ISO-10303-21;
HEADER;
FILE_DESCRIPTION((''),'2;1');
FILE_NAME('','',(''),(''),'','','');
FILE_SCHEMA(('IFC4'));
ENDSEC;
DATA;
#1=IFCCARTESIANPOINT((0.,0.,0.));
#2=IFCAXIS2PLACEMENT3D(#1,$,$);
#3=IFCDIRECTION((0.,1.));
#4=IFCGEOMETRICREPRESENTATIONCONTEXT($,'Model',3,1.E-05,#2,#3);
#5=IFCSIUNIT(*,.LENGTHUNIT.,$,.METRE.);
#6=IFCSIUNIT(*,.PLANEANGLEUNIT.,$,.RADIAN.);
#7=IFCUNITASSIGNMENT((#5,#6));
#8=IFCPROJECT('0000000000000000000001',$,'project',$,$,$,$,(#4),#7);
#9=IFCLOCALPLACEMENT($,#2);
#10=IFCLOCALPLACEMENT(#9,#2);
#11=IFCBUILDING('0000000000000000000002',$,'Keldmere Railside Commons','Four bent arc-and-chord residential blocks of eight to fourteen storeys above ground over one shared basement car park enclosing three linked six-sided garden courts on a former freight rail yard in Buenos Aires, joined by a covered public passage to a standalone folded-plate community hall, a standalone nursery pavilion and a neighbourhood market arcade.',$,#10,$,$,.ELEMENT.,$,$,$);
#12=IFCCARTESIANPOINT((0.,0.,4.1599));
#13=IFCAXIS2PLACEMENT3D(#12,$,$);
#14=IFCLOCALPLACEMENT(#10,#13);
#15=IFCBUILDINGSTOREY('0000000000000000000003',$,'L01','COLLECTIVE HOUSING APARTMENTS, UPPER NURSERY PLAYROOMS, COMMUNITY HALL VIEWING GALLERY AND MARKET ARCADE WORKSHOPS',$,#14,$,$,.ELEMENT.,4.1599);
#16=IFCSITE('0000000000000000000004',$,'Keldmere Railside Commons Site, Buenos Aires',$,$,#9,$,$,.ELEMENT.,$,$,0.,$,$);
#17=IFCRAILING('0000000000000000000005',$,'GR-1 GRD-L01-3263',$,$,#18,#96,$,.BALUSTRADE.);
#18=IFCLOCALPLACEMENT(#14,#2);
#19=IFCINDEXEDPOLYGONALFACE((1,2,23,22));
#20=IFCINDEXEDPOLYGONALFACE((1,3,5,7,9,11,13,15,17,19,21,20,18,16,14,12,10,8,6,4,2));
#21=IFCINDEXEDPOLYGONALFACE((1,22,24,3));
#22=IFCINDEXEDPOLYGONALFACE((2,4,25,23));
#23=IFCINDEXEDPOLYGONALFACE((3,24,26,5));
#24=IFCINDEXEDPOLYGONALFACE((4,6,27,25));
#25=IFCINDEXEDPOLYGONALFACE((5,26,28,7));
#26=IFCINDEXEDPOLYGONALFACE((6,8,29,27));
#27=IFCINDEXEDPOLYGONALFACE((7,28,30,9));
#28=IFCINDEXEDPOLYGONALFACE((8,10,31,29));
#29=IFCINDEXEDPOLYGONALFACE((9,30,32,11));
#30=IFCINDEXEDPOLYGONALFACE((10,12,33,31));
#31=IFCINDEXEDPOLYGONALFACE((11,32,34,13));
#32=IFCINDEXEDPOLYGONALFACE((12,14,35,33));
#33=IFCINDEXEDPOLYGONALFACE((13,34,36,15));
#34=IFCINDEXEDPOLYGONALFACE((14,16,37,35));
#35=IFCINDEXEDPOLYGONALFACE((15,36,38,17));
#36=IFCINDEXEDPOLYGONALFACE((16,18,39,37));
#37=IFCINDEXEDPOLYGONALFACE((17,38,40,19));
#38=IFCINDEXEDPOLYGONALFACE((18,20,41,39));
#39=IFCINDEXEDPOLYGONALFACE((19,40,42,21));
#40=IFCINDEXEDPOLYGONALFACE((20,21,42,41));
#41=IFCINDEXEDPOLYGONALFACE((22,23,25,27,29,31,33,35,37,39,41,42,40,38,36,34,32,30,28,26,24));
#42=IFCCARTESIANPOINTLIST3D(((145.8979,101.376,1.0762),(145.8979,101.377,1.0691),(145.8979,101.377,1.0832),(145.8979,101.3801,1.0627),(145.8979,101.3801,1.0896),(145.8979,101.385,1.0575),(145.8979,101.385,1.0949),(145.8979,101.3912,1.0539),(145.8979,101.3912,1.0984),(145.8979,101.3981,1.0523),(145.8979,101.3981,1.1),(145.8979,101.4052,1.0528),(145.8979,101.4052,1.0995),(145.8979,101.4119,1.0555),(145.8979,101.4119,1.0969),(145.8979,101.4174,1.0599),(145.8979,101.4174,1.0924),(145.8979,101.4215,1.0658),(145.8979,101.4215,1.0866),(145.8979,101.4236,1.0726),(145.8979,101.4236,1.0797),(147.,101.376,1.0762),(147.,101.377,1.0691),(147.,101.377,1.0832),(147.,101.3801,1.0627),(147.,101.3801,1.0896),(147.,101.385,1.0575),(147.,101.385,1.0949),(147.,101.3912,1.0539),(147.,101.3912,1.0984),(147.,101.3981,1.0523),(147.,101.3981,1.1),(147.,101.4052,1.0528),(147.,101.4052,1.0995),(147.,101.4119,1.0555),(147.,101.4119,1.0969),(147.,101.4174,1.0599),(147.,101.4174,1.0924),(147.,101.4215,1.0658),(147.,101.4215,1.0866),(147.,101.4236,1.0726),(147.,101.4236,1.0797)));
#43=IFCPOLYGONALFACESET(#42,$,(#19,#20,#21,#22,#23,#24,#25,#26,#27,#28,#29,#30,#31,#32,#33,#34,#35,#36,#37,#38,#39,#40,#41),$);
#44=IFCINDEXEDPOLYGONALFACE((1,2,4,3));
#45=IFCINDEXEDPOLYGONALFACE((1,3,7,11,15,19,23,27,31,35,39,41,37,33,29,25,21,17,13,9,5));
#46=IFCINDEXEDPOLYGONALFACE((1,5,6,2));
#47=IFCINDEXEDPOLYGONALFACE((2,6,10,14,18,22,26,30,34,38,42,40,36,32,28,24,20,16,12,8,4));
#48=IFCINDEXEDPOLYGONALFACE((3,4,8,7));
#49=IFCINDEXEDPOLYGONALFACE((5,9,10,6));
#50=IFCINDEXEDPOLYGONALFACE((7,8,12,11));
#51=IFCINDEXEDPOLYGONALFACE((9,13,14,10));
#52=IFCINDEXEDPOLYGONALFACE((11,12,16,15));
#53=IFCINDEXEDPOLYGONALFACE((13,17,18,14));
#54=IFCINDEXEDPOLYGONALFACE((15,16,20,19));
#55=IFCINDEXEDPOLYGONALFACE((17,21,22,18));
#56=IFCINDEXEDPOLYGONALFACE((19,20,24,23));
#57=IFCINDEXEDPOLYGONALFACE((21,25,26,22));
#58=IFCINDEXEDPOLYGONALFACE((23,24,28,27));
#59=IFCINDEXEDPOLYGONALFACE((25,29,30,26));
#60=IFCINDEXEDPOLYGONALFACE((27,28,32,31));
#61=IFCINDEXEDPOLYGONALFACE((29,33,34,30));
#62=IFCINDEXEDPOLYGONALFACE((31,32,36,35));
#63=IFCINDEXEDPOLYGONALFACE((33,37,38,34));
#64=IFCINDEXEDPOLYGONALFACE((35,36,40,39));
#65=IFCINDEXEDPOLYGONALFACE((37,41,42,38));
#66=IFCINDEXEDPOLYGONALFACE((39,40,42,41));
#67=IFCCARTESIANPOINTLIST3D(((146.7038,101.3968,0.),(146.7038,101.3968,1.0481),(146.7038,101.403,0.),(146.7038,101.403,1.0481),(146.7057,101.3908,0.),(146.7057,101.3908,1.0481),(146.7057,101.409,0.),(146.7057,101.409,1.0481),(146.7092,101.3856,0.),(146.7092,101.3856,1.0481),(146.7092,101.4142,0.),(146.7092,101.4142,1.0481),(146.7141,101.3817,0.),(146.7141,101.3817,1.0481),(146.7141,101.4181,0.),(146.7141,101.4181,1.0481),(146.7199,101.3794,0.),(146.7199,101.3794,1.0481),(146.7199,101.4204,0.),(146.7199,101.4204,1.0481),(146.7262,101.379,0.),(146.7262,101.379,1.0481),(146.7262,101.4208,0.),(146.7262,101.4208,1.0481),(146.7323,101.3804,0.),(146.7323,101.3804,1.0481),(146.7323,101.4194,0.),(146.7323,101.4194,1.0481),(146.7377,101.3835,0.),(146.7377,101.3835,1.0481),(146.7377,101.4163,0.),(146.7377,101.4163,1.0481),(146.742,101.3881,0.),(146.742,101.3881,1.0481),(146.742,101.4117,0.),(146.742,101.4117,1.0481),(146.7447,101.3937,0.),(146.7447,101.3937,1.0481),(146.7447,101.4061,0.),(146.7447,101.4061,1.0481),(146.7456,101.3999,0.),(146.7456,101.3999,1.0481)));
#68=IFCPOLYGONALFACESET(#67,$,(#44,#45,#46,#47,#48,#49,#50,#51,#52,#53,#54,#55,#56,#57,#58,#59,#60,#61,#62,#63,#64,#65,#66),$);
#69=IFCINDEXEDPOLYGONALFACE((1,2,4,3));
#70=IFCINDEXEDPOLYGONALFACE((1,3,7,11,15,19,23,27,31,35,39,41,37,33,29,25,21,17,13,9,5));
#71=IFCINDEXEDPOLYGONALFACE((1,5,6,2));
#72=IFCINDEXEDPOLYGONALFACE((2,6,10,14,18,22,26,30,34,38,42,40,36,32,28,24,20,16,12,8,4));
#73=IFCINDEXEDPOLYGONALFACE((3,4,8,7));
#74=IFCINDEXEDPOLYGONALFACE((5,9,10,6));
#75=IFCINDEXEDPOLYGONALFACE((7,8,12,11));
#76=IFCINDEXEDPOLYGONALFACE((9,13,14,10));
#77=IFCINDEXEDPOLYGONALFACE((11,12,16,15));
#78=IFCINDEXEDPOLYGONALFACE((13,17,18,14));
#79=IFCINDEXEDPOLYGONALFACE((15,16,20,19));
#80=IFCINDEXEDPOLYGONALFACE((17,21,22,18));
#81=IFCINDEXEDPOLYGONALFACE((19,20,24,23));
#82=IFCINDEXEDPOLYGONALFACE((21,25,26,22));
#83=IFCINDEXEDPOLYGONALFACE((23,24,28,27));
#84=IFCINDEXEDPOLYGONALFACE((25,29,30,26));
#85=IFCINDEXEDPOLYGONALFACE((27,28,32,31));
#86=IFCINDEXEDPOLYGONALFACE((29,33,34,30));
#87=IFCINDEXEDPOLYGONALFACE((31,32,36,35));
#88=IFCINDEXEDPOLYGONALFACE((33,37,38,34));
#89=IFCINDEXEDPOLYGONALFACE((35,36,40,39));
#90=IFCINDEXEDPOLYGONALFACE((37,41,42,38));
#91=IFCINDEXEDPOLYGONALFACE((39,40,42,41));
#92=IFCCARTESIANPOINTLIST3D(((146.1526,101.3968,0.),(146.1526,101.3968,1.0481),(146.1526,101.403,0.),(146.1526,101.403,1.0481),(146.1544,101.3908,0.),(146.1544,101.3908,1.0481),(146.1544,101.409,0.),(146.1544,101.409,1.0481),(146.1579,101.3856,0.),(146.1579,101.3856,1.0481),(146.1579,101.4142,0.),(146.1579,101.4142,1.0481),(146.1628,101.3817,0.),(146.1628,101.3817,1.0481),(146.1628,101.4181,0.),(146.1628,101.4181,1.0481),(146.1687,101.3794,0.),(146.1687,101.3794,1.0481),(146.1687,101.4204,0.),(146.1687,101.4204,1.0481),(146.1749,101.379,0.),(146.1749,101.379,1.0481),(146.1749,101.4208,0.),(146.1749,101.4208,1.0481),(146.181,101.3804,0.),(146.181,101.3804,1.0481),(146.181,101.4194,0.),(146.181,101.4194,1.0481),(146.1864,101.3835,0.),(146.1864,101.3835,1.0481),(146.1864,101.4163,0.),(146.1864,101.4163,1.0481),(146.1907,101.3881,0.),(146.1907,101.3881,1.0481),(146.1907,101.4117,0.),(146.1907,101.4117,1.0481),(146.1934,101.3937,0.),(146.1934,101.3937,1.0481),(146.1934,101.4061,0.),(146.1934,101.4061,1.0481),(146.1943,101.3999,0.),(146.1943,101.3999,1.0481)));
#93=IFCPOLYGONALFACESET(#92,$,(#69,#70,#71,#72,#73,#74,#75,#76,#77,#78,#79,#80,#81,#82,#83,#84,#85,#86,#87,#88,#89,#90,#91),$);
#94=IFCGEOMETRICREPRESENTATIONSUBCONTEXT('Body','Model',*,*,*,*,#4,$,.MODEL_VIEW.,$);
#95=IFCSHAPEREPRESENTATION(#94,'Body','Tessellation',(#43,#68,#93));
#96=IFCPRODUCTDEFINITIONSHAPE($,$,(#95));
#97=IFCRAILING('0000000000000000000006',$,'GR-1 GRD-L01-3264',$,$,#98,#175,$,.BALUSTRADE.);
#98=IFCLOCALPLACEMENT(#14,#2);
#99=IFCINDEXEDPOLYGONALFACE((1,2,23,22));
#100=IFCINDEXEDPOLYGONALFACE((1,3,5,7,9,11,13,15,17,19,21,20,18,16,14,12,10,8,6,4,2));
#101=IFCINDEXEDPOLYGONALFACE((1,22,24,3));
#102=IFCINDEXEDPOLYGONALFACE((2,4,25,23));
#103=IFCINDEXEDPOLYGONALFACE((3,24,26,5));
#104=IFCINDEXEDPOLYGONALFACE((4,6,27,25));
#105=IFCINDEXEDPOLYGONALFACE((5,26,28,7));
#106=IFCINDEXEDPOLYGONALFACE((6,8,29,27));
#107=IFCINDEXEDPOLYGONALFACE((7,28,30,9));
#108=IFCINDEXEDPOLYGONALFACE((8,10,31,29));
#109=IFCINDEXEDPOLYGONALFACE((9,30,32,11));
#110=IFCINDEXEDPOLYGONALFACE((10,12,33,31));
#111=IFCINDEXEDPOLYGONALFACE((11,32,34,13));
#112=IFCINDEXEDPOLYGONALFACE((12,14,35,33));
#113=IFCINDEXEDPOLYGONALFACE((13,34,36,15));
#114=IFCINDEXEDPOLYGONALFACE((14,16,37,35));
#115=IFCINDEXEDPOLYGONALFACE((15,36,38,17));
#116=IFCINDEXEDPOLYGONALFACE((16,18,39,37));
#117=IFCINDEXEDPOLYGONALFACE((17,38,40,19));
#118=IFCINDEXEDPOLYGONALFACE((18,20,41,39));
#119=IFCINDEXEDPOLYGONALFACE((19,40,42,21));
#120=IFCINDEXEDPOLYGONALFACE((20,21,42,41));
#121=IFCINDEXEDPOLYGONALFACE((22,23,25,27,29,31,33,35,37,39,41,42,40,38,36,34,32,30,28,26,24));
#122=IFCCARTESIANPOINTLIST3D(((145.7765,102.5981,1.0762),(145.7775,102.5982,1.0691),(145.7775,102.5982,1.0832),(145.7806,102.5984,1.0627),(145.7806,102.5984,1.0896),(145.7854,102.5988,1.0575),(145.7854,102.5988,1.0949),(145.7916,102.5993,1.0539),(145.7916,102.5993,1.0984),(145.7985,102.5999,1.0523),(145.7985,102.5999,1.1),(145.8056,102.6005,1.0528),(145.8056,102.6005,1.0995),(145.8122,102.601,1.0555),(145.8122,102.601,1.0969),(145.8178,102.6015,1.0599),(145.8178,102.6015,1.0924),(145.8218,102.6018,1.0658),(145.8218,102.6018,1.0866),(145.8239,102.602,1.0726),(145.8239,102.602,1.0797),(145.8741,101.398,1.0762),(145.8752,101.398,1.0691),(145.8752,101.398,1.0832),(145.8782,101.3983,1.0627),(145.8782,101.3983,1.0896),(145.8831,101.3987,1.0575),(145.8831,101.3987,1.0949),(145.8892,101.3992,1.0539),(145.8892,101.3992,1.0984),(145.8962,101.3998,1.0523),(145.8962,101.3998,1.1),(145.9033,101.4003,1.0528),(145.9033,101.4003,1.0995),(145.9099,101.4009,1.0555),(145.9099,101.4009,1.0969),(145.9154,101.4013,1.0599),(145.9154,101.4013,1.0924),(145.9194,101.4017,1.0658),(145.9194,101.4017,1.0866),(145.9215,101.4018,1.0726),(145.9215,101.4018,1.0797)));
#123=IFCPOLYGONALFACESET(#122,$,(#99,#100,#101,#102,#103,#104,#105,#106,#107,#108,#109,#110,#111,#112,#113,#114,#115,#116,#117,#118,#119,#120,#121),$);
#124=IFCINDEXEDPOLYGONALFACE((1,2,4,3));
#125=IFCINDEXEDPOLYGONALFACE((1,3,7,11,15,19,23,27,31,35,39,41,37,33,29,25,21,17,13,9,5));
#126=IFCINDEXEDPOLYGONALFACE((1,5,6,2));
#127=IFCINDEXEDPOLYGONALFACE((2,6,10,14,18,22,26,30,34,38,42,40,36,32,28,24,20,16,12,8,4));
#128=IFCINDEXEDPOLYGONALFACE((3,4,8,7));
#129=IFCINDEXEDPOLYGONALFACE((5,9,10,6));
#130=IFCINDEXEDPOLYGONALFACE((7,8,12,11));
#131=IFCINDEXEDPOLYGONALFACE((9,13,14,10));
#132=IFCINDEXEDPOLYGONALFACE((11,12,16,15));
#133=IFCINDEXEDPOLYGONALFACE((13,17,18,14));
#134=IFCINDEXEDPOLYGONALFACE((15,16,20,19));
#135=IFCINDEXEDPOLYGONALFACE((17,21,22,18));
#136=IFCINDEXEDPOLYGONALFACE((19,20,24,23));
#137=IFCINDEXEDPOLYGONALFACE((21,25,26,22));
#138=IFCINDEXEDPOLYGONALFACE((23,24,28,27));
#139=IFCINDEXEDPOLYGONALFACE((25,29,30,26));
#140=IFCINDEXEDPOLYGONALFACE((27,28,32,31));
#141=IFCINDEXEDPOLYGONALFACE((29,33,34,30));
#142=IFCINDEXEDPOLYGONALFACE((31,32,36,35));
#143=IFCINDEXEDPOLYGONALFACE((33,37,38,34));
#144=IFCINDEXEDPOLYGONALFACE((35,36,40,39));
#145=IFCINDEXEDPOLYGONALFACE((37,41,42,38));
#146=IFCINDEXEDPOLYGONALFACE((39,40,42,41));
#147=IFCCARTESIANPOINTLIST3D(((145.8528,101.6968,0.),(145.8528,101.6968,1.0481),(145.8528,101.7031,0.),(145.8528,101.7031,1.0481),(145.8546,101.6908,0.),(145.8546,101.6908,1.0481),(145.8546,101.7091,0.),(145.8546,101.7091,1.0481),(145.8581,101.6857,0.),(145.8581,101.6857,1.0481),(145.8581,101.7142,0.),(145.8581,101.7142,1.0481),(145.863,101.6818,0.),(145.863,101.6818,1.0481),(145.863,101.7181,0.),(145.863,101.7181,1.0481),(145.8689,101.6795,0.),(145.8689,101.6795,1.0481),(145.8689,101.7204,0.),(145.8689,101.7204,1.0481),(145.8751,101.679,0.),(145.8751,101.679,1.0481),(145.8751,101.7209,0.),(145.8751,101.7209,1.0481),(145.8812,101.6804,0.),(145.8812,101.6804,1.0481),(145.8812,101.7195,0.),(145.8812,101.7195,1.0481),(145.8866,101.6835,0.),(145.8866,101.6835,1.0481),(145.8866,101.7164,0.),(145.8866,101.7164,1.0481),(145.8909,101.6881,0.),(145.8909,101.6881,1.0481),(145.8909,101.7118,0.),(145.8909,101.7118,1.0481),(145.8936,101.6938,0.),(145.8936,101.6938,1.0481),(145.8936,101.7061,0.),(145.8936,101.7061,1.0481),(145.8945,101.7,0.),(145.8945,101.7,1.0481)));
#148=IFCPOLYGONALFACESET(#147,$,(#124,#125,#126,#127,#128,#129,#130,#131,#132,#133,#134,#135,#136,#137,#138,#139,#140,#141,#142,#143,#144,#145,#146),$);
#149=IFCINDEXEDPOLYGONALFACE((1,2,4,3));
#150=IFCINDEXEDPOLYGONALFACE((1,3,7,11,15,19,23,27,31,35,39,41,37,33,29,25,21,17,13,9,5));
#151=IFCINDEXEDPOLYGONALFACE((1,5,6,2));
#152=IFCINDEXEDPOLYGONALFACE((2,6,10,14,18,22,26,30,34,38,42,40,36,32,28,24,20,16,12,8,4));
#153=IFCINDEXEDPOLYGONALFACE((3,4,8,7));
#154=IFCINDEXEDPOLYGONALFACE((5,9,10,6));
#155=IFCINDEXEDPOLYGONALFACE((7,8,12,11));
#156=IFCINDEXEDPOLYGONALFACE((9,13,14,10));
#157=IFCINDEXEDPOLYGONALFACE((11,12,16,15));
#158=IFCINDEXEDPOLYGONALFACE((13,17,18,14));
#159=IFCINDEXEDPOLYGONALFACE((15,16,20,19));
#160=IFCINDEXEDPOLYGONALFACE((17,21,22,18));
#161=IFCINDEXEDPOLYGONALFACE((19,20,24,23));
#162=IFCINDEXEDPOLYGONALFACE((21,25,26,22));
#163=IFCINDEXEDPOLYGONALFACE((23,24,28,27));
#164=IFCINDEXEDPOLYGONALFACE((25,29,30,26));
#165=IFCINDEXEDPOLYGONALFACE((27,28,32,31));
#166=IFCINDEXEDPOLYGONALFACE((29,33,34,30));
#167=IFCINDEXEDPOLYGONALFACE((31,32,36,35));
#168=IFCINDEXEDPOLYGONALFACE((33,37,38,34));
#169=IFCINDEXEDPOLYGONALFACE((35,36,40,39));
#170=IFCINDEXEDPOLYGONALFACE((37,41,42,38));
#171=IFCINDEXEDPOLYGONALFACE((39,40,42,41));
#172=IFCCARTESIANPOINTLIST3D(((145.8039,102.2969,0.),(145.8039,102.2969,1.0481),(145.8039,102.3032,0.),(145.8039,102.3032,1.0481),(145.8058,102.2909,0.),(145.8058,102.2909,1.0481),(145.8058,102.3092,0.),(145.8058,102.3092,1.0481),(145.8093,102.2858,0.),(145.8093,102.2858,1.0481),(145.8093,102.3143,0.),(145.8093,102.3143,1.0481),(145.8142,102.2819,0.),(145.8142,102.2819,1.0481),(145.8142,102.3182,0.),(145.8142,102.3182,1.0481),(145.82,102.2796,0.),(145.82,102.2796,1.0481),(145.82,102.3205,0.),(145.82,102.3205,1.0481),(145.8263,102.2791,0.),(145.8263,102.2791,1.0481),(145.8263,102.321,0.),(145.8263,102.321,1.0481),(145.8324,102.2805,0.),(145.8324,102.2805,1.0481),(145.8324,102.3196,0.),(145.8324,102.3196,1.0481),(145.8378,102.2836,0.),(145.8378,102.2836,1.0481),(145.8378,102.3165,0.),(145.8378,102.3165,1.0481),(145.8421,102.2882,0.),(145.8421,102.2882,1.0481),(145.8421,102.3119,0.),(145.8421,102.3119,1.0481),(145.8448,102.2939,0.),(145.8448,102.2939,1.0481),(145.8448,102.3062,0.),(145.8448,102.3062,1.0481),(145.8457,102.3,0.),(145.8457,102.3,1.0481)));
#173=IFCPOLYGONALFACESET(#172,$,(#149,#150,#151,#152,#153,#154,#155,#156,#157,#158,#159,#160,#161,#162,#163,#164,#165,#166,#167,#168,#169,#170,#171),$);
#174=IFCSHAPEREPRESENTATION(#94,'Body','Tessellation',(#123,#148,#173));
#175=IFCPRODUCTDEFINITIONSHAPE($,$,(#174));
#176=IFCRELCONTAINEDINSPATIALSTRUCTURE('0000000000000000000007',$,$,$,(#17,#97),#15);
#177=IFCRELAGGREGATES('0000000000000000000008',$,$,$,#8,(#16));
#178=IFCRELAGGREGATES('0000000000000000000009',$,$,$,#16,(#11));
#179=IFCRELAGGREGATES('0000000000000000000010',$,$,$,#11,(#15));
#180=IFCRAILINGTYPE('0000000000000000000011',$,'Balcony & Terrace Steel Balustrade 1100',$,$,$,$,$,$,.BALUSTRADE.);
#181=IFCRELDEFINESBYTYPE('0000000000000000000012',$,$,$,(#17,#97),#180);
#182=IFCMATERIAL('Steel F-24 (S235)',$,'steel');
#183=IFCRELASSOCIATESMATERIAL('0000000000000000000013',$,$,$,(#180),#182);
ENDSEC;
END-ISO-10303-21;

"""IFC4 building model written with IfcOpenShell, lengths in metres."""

from ifc_helpers import new_model, si_unit, direction, frame, origin, origin_2d, place, context, subcontext, project, spatial, circle, extrude, material, type_object, element, save


model = new_model("IFC4")

# Units and contexts
model_context = context("Model", 3, precision=1e-05, world=origin(), true_north=direction((0.0, 1.0)))
body_context = subcontext(model_context, "Body", "Model", "MODEL_VIEW")
ifc_project = project(units=[si_unit("LENGTHUNIT", "METRE"), si_unit("PLANEANGLEUNIT", "RADIAN")], contexts=[model_context])

# Site, building, storey
site_placement = place(None, origin())
site = spatial("IfcSite", under=ifc_project, at=site_placement, Name="Keldmere Railside Commons Site, Buenos Aires", CompositionType="ELEMENT", RefElevation=0.0)
building_placement = place(site_placement, origin())
building = spatial("IfcBuilding", under=site, at=building_placement, Name="Keldmere Railside Commons", Description="Four bent arc-and-chord residential blocks of eight to fourteen storeys above ground over one shared basement car park enclosing three linked six-sided garden courts on a former freight rail yard in Buenos Aires, joined by a covered public passage to a standalone folded-plate community hall, a standalone nursery pavilion and a neighbourhood market arcade.", CompositionType="ELEMENT")
storey_placement = place(building_placement, frame((0.0, 0.0, 4.1599)))
storey = spatial("IfcBuildingStorey", under=building, at=storey_placement, Name="L01", Description="COLLECTIVE HOUSING APARTMENTS, UPPER NURSERY PLAYROOMS, COMMUNITY HALL VIEWING GALLERY AND MARKET ARCADE WORKSHOPS", CompositionType="ELEMENT", Elevation=4.1599)

# Railings
ifc_material_1 = material(Name="Steel F-24 (S235)", Category="steel")
railing_type_1 = type_object("IfcRailingType", Name="Balcony & Terrace Steel Balustrade 1100", PredefinedType="BALUSTRADE", material=ifc_material_1)
railing_1_placement = place(storey_placement, frame((147.0, 101.3999, 0.0)))
element("IfcRailing", 1, at=railing_1_placement, inside=storey, type_object=railing_type_1, Name="GR-1 GRD-L01-3263", PredefinedType="BALUSTRADE", context=body_context, shape_type="SweptSolid", body=[
    extrude(circle(Radius=0.0239, at=origin_2d()), frame((0.0, 0.0, 1.0762), z_axis=(-1.0, 0.0, 0.0), x_axis=(0.0, -1.0, 0.0)), (0.0, 0.0, 1.0), 1.1021),
    extrude(circle(Radius=0.021, at=origin_2d()), frame((-0.2754, 0.0, 0.0)), (0.0, 0.0, 1.0), 1.0481),
    extrude(circle(Radius=0.021, at=origin_2d()), frame((-0.8267, 0.0, 0.0)), (0.0, 0.0, 1.0), 1.0481),
])
railing_2_placement = place(storey_placement, frame((145.8979, 101.3999, 0.0)))
element("IfcRailing", 2, at=railing_2_placement, inside=storey, type_object=railing_type_1, Name="GR-1 GRD-L01-3264", PredefinedType="BALUSTRADE", context=body_context, shape_type="SweptSolid", body=[
    extrude(circle(Radius=0.0239, at=origin_2d()), frame((0.0, 0.0, 1.0762), z_axis=(-0.081099, 0.996706, 0.0), x_axis=(-0.996706, -0.081099, 0.0)), (0.0, 0.0, 1.0), 1.2041),
    extrude(circle(Radius=0.021, at=origin_2d()), frame((-0.0244, 0.3, 0.0)), (0.0, 0.0, 1.0), 1.0481),
    extrude(circle(Radius=0.021, at=origin_2d()), frame((-0.0732, 0.9001, 0.0)), (0.0, 0.0, 1.0), 1.0481),
])

save(model, "model.ifc")
